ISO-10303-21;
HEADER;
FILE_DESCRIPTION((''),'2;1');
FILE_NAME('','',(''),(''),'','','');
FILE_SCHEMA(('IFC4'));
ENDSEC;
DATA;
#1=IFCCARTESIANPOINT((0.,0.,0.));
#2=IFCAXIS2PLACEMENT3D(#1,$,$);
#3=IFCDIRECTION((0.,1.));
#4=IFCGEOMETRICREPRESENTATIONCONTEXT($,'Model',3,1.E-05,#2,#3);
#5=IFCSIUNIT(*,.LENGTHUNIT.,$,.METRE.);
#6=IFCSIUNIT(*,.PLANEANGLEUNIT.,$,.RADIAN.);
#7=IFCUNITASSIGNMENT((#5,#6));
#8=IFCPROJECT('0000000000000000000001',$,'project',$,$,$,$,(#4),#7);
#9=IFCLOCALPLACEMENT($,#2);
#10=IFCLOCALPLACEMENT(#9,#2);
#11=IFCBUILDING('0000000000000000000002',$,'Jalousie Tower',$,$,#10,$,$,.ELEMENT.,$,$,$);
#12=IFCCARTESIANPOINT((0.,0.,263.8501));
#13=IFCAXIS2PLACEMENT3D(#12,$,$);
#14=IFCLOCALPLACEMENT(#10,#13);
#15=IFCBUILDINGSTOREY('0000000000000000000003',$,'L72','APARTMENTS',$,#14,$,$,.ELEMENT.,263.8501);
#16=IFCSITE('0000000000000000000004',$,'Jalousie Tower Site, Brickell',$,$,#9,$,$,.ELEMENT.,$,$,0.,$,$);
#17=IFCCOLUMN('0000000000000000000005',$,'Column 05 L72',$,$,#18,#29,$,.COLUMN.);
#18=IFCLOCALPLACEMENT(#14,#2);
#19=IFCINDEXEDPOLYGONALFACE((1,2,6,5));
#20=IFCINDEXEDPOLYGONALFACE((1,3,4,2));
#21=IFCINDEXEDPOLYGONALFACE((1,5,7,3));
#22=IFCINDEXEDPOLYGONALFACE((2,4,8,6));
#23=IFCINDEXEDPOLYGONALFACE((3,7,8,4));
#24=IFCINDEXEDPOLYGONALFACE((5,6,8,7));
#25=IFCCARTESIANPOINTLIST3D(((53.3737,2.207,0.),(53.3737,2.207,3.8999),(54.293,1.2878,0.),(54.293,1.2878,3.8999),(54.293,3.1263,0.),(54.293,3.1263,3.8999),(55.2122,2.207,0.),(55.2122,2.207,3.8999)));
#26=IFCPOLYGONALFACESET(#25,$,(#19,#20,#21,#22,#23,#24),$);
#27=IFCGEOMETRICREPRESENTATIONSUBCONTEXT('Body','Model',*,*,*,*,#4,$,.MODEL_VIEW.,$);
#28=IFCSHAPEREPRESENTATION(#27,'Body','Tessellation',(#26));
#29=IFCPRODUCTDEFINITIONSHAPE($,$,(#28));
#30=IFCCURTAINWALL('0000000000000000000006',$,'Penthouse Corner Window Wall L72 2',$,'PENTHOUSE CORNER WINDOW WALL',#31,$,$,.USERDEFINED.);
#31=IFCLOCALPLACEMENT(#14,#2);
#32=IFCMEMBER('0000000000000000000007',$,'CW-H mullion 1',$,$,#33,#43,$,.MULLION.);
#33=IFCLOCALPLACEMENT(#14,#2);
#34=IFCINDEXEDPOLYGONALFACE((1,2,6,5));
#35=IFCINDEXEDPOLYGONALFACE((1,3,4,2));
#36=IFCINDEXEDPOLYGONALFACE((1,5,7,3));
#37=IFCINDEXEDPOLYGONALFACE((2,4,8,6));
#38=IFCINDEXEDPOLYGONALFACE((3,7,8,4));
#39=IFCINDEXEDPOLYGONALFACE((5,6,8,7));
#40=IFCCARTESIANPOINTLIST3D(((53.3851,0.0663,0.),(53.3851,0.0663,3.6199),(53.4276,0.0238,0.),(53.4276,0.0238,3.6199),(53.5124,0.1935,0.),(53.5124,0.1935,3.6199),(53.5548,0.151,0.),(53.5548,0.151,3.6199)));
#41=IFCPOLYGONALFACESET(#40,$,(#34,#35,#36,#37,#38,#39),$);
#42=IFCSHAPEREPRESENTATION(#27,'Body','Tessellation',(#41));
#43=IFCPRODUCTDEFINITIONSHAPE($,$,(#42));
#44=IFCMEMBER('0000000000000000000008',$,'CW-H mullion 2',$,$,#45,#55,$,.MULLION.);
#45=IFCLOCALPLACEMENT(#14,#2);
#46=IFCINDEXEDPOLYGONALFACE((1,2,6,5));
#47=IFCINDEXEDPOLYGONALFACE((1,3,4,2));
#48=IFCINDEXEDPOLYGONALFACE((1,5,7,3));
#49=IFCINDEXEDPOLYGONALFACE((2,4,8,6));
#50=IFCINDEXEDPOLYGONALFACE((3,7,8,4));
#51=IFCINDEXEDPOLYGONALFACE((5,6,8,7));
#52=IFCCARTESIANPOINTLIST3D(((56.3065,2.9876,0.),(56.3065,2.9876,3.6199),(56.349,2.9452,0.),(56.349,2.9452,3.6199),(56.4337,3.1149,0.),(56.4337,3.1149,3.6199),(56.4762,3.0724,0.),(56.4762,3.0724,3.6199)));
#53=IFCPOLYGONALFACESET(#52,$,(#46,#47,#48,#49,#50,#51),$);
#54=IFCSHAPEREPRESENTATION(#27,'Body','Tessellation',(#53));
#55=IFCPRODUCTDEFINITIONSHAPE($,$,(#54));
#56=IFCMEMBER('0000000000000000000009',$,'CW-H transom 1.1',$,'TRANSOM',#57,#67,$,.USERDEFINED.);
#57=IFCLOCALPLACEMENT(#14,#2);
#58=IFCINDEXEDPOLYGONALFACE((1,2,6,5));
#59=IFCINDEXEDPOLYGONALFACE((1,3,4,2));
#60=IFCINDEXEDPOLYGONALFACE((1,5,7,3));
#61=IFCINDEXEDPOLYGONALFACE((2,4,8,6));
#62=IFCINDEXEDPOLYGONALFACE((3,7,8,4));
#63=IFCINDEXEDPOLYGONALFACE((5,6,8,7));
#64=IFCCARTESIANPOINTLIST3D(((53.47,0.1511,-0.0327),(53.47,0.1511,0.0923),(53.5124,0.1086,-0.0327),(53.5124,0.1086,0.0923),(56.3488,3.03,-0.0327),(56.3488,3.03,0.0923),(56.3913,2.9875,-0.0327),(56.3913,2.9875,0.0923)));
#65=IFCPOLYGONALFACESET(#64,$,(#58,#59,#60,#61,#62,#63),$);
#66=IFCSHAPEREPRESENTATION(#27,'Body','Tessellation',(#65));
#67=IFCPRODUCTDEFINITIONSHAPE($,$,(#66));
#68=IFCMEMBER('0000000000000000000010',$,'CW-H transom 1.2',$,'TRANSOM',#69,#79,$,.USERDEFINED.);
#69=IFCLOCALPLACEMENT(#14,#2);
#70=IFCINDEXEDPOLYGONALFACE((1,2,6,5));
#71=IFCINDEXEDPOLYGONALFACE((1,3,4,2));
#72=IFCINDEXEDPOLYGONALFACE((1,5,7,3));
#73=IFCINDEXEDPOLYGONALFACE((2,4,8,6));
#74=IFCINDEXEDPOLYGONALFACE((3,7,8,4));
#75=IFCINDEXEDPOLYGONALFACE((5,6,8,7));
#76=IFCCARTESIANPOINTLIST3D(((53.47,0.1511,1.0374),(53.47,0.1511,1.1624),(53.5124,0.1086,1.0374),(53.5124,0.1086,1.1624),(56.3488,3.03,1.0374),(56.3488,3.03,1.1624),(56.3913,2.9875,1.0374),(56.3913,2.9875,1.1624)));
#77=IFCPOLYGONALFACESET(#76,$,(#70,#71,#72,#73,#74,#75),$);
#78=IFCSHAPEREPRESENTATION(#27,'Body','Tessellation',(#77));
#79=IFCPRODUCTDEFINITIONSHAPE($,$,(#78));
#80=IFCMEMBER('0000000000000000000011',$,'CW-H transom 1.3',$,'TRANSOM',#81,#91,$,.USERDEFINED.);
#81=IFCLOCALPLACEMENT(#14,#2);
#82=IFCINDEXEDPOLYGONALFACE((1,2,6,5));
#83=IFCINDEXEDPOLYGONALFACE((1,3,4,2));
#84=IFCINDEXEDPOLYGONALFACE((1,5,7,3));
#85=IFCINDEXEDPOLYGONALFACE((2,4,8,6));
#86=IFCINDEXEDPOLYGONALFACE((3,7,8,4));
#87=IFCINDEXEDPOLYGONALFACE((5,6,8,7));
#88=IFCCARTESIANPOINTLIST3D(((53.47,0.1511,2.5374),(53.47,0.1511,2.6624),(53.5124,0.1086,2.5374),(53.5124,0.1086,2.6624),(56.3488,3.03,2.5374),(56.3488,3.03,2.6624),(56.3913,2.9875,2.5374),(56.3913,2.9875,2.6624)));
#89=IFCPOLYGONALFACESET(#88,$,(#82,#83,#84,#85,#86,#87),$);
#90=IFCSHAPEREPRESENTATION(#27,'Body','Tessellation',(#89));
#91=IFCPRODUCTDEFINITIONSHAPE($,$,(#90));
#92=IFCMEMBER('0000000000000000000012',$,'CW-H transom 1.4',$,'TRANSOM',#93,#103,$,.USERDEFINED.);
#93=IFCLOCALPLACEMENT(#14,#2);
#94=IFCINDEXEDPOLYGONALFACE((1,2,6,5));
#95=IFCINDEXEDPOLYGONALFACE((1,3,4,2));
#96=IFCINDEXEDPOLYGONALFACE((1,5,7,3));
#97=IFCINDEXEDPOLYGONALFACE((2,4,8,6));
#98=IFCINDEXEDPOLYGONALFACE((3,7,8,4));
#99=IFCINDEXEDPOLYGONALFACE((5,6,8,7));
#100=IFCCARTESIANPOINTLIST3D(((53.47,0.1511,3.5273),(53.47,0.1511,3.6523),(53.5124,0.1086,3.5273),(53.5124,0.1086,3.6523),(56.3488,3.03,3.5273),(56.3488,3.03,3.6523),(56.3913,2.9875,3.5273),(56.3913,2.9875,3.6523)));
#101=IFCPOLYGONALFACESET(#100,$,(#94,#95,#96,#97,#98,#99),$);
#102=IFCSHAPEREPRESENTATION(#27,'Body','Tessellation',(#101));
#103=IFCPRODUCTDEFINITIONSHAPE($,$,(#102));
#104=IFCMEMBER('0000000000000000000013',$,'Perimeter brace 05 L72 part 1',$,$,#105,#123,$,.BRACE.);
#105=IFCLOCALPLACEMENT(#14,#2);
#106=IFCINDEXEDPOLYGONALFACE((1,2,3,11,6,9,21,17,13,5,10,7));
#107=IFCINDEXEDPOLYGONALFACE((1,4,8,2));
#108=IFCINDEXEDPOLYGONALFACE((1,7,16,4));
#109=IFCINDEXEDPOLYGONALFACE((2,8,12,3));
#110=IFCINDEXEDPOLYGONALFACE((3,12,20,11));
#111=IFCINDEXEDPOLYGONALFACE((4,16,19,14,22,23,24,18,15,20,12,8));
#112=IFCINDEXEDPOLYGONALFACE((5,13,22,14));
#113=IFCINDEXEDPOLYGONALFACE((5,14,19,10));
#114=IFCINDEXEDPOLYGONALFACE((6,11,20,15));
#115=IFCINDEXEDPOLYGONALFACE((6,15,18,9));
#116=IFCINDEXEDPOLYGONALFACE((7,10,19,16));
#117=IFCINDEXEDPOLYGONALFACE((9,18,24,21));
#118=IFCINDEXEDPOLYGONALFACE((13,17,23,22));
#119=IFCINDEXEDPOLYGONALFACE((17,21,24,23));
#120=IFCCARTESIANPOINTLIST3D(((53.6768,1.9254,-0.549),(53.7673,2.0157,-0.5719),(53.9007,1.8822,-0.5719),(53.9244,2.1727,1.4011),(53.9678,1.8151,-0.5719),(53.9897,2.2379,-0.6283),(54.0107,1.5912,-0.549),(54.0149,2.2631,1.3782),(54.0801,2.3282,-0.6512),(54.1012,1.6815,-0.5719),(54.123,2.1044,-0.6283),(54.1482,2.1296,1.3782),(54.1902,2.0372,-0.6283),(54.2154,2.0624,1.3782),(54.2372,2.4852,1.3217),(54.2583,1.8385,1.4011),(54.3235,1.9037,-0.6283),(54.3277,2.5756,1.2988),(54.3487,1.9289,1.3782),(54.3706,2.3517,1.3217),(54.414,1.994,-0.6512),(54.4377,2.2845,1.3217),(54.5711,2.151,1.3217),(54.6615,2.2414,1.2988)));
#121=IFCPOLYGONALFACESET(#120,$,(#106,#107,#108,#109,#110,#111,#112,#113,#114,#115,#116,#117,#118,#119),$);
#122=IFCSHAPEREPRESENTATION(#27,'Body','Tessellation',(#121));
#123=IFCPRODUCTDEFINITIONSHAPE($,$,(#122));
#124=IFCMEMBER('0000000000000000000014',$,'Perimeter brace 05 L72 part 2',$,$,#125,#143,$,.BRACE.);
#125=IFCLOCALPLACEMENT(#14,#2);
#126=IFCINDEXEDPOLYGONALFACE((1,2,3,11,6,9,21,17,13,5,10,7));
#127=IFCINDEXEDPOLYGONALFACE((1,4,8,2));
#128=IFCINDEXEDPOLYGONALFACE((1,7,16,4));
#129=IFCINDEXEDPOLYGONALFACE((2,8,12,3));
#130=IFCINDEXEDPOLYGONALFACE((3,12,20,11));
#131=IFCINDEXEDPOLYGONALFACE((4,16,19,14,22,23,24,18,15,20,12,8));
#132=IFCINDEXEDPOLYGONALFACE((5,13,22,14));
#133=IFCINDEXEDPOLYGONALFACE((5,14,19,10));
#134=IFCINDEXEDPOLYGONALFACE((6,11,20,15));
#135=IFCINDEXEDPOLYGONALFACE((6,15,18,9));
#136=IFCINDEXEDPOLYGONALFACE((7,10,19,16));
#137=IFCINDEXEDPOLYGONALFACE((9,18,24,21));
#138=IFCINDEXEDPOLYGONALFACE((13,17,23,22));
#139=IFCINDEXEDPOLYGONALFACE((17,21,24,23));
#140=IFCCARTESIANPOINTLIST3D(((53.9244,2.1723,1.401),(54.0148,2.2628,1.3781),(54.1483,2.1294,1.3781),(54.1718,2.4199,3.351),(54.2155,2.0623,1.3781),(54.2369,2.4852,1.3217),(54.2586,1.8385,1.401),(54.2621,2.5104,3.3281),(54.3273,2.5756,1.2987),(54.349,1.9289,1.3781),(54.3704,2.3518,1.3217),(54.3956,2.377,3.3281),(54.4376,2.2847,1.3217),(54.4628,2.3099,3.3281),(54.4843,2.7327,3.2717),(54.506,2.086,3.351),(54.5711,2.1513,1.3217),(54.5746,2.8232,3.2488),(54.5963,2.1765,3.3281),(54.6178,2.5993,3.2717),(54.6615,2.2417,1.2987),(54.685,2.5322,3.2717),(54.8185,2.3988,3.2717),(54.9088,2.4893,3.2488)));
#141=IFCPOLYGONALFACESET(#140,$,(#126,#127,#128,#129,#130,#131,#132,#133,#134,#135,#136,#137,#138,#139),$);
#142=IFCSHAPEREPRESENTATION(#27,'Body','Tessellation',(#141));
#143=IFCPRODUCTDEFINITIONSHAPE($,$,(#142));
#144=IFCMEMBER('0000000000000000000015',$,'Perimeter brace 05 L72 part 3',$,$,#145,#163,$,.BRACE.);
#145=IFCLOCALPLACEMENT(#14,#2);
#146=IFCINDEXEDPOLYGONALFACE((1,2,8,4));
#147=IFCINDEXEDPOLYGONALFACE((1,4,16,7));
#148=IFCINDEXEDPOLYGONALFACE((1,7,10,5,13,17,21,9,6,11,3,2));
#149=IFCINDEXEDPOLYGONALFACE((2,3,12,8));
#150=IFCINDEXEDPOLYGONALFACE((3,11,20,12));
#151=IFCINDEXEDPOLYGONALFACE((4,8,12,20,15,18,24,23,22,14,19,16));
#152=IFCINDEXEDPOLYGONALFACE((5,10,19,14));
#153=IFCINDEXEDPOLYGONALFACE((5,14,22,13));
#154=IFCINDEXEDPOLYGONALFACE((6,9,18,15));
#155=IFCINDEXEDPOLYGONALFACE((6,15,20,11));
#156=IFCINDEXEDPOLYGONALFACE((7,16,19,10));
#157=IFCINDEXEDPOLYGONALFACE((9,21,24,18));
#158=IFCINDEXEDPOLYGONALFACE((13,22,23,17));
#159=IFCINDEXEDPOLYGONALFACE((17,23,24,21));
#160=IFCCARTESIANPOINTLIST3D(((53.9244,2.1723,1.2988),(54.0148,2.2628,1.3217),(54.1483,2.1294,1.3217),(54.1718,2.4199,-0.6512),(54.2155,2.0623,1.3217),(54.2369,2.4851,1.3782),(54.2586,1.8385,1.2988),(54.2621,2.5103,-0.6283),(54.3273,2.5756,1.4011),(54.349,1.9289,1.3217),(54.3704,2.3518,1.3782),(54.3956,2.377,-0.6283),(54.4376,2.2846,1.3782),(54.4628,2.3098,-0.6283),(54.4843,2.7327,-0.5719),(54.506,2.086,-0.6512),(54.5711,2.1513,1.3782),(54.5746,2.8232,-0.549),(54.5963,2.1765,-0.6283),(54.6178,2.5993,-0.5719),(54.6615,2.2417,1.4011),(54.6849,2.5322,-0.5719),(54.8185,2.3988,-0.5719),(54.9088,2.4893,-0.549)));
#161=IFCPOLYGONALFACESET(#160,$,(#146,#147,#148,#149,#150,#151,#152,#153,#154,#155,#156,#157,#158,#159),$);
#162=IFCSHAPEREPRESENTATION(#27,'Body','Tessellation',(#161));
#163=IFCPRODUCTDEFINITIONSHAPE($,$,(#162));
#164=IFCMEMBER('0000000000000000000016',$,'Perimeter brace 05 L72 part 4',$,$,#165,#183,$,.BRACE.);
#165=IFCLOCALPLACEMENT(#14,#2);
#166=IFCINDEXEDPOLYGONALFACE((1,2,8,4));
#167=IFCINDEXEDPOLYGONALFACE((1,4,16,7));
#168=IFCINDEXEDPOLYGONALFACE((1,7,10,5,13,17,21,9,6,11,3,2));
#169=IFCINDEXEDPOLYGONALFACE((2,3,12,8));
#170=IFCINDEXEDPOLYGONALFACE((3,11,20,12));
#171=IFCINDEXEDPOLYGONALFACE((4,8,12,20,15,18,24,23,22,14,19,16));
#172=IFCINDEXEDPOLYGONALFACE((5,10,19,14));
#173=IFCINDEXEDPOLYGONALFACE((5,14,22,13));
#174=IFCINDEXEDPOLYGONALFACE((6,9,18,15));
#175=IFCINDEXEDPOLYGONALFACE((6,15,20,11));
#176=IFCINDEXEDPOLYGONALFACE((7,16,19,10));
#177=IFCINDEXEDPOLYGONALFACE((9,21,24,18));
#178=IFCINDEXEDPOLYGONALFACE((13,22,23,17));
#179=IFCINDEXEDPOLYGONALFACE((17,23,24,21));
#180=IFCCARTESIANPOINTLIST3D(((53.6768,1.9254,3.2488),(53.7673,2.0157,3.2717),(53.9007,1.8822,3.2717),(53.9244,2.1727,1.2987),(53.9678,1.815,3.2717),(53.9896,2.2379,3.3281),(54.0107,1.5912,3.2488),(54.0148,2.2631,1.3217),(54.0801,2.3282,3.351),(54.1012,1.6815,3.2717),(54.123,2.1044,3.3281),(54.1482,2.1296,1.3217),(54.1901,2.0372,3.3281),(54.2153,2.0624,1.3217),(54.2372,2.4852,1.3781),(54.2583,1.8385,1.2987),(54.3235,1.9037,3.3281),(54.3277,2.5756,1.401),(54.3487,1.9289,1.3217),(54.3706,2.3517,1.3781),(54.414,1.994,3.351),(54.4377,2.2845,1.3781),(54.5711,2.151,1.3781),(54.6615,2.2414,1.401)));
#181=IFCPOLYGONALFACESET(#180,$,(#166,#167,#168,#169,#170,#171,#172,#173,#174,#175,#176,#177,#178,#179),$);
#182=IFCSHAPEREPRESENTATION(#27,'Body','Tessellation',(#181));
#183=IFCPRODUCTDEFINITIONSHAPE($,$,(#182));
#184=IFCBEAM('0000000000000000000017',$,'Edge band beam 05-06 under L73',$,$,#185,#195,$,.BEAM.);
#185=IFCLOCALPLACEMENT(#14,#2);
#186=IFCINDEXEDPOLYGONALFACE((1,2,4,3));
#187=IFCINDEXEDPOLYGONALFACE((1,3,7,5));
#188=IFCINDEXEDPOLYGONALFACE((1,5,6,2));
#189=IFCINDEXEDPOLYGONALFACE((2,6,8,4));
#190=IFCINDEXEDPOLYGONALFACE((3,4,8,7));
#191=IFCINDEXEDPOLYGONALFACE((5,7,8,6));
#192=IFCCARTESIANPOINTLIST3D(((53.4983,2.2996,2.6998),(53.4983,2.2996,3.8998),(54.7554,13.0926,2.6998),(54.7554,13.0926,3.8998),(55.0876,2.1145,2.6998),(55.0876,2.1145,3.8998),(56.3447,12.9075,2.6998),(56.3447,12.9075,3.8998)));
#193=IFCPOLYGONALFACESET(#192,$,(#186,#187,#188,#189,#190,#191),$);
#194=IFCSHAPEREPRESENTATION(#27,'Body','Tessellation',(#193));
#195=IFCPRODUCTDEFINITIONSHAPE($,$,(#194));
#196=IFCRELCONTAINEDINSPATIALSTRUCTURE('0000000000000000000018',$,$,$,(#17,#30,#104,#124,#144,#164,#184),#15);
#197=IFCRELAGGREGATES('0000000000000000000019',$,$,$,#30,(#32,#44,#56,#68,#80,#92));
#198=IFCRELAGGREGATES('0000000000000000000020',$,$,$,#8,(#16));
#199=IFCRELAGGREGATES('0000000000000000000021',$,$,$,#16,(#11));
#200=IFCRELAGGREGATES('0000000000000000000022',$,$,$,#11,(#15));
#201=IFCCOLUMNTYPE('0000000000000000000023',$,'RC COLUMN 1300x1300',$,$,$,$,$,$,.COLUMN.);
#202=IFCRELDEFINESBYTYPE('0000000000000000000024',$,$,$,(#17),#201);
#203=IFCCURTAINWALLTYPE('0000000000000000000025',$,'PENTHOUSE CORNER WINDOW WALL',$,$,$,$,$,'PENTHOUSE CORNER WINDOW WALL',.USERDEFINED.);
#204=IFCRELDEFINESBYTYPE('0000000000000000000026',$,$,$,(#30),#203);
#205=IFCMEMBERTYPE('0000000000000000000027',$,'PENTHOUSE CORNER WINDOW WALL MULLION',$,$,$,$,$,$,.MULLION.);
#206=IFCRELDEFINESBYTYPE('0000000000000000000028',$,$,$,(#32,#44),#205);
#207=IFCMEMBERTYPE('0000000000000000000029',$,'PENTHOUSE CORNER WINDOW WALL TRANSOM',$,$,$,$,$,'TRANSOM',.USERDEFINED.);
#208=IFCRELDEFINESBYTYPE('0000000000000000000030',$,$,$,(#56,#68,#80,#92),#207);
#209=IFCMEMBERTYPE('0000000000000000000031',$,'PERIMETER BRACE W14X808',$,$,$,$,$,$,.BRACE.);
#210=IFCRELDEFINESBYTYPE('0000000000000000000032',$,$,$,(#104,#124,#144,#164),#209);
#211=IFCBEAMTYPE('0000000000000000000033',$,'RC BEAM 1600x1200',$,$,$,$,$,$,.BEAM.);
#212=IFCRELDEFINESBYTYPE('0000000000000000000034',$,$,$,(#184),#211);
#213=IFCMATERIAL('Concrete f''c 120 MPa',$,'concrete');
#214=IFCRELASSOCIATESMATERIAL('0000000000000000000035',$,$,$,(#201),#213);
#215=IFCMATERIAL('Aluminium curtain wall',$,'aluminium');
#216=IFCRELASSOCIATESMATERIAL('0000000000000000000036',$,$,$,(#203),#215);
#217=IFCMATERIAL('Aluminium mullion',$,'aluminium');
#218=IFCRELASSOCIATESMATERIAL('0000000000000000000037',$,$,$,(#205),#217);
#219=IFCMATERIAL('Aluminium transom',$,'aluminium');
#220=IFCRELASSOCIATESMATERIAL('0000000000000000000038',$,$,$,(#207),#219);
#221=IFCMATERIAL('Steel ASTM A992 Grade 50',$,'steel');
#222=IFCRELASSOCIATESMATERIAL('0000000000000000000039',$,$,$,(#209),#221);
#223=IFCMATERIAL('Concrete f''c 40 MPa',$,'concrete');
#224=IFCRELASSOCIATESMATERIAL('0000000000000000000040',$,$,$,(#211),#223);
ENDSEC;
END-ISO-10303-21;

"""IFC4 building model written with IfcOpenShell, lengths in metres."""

from ifc_helpers import new_model, si_unit, direction, frame, origin, origin_2d, place, context, subcontext, project, spatial, rectangle, i_section, extrude, material, material_profile, profile_set, type_object, element, aggregate, save


model = new_model("IFC4")

# Units and contexts
model_context = context("Model", 3, precision=1e-05, world=origin(), true_north=direction((0.0, 1.0)))
body_context = subcontext(model_context, "Body", "Model", "MODEL_VIEW")
ifc_project = project(units=[si_unit("LENGTHUNIT", "METRE"), si_unit("PLANEANGLEUNIT", "RADIAN")], contexts=[model_context])

# Site, building, storey
site_placement = place(None, origin())
site = spatial("IfcSite", under=ifc_project, at=site_placement, Name="Jalousie Tower Site, Brickell", CompositionType="ELEMENT", RefElevation=0.0)
building_placement = place(site_placement, origin())
building = spatial("IfcBuilding", under=site, at=building_placement, Name="Jalousie Tower", CompositionType="ELEMENT")
storey_placement = place(building_placement, frame((0.0, 0.0, 263.8501)))
storey = spatial("IfcBuildingStorey", under=building, at=storey_placement, Name="L72", Description="APARTMENTS", CompositionType="ELEMENT", Elevation=263.8501)

# Column
ifc_material_1 = material(Name="Concrete f'c 120 MPa", Category="concrete")
ifc_material_profile_1 = material_profile(ifc_material_1, rectangle(XDim=1.3, YDim=1.3, at=origin_2d()), Name="RC 1300x1300")
ifc_profile_set_1 = profile_set([ifc_material_profile_1], Name="Concrete f'c 120 MPa")
column_type = type_object("IfcColumnType", Name="RC COLUMN 1300x1300", PredefinedType="COLUMN", material=ifc_profile_set_1)
column_placement = place(storey_placement, frame((54.293, 2.207, 0.0), z_axis=(0.0, 0.0, 1.0), x_axis=(0.707107, 0.707107, 0.0)))
element("IfcColumn", 1, at=column_placement, inside=storey, type_object=column_type, Name="Column 05 L72", PredefinedType="COLUMN", context=body_context, shape_type="SweptSolid", body=[
    extrude(rectangle(XDim=1.3, YDim=1.3, at=origin_2d()), origin(), (0.0, 0.0, 1.0), 3.8999),
])

# Curtain wall, members
ifc_material_2 = material(Name="Aluminium curtain wall", Category="aluminium")
curtain_wall_type_1 = type_object("IfcCurtainWallType", Name="PENTHOUSE CORNER WINDOW WALL", ElementType="PENTHOUSE CORNER WINDOW WALL", PredefinedType="USERDEFINED", material=ifc_material_2)
curtain_wall_1_placement = place(storey_placement, origin())
curtain_wall_1 = element("IfcCurtainWall", 2, at=curtain_wall_1_placement, inside=storey, type_object=curtain_wall_type_1, Name="Penthouse Corner Window Wall L72 2", ObjectType="PENTHOUSE CORNER WINDOW WALL", PredefinedType="USERDEFINED")
ifc_material_3 = material(Name="Aluminium mullion", Category="aluminium")
ifc_material_profile_2 = material_profile(ifc_material_3, rectangle(XDim=0.0601, YDim=0.1799, at=origin_2d()), Name="MULLION 60x180")
ifc_profile_set_2 = profile_set([ifc_material_profile_2], Name="Aluminium mullion")
member_type_1 = type_object("IfcMemberType", Name="PENTHOUSE CORNER WINDOW WALL MULLION", PredefinedType="MULLION", material=ifc_profile_set_2)
member_1_placement = place(storey_placement, frame((53.47, 0.1086, 0.0), z_axis=(0.0, 0.0, 1.0), x_axis=(-0.707107, 0.707107, 0.0)))
member_1 = element("IfcMember", 3, at=member_1_placement, type_object=member_type_1, Name="CW-H mullion 1", PredefinedType="MULLION", context=body_context, shape_type="SweptSolid", body=[
    extrude(rectangle(XDim=0.0601, YDim=0.1799, at=origin_2d()), origin(), (0.0, 0.0, 1.0), 3.6199),
])
member_2_placement = place(storey_placement, frame((56.3914, 3.03, 0.0), z_axis=(0.0, 0.0, 1.0), x_axis=(-0.707107, 0.707107, 0.0)))
member_2 = element("IfcMember", 4, at=member_2_placement, type_object=member_type_1, Name="CW-H mullion 2", PredefinedType="MULLION", context=body_context, shape_type="SweptSolid", body=[
    extrude(rectangle(XDim=0.0601, YDim=0.1799, at=origin_2d()), origin(), (0.0, 0.0, 1.0), 3.6199),
])
ifc_material_4 = material(Name="Aluminium transom", Category="aluminium")
ifc_material_profile_3 = material_profile(ifc_material_4, rectangle(XDim=0.0601, YDim=0.125, at=origin_2d()), Name="TRANSOM 60x125")
ifc_profile_set_3 = profile_set([ifc_material_profile_3], Name="Aluminium transom")
member_type_2 = type_object("IfcMemberType", Name="PENTHOUSE CORNER WINDOW WALL TRANSOM", ElementType="TRANSOM", PredefinedType="USERDEFINED", material=ifc_profile_set_3)
member_3_placement = place(storey_placement, frame((53.4912, 0.1299, 0.0298), z_axis=(0.707107, 0.707107, 0.0), x_axis=(-0.707107, 0.707107, 0.0)))
member_3 = element("IfcMember", 5, at=member_3_placement, type_object=member_type_2, Name="CW-H transom 1.1", ObjectType="TRANSOM", PredefinedType="USERDEFINED", context=body_context, shape_type="SweptSolid", body=[
    extrude(rectangle(XDim=0.0601, YDim=0.125, at=origin_2d()), origin(), (0.0, 0.0, 1.0), 4.0713),
])
member_4_placement = place(storey_placement, frame((53.4912, 0.1299, 1.0999), z_axis=(0.707107, 0.707107, 0.0), x_axis=(-0.707107, 0.707107, 0.0)))
member_4 = element("IfcMember", 6, at=member_4_placement, type_object=member_type_2, Name="CW-H transom 1.2", ObjectType="TRANSOM", PredefinedType="USERDEFINED", context=body_context, shape_type="SweptSolid", body=[
    extrude(rectangle(XDim=0.0601, YDim=0.125, at=origin_2d()), origin(), (0.0, 0.0, 1.0), 4.0713),
])
member_5_placement = place(storey_placement, frame((53.4912, 0.1299, 2.5999), z_axis=(0.707107, 0.707107, 0.0), x_axis=(-0.707107, 0.707107, 0.0)))
member_5 = element("IfcMember", 7, at=member_5_placement, type_object=member_type_2, Name="CW-H transom 1.3", ObjectType="TRANSOM", PredefinedType="USERDEFINED", context=body_context, shape_type="SweptSolid", body=[
    extrude(rectangle(XDim=0.0601, YDim=0.125, at=origin_2d()), origin(), (0.0, 0.0, 1.0), 4.0713),
])
member_6_placement = place(storey_placement, frame((53.4912, 0.1299, 3.5898), z_axis=(0.707107, 0.707107, 0.0), x_axis=(-0.707107, 0.707107, 0.0)))
member_6 = element("IfcMember", 8, at=member_6_placement, type_object=member_type_2, Name="CW-H transom 1.4", ObjectType="TRANSOM", PredefinedType="USERDEFINED", context=body_context, shape_type="SweptSolid", body=[
    extrude(rectangle(XDim=0.0601, YDim=0.125, at=origin_2d()), origin(), (0.0, 0.0, 1.0), 4.0713),
])

# Members
ifc_material_5 = material(Name="Steel ASTM A992 Grade 50", Category="steel")
ifc_material_profile_4 = material_profile(ifc_material_5, i_section(OverallWidth=0.4724, OverallDepth=0.5791, WebThickness=0.095, FlangeThickness=0.1299, at=origin_2d()), Name="W14X808")
ifc_profile_set_4 = profile_set([ifc_material_profile_4], Name="Steel ASTM A992 Grade 50")
member_type_3 = type_object("IfcMemberType", Name="PERIMETER BRACE W14X808", PredefinedType="BRACE", material=ifc_profile_set_4)
for number, where, z_axis, x_axis, name in (
    (9, (54.0454, 1.9597, -0.6001), (0.12496, 0.124837, 0.984277), (-0.706758, 0.707456, 0.0), "Perimeter brace 05 L72 part 1"),
    (10, (54.293, 2.207, 1.3499), (0.124837, 0.12496, 0.984277), (-0.707456, 0.706758, 0.0), "Perimeter brace 05 L72 part 2"),
    (11, (54.5403, 2.4546, -0.6001), (-0.124837, -0.12496, 0.984277), (0.707456, -0.706758, 0.0), "Perimeter brace 05 L72 part 3"),
    (12, (54.293, 2.207, 1.3499), (-0.12496, -0.124837, 0.984277), (0.706758, -0.707456, 0.0), "Perimeter brace 05 L72 part 4"),
):
    element("IfcMember", number, at=place(storey_placement, frame(where, z_axis=z_axis, x_axis=x_axis)), inside=storey, type_object=member_type_3, Name=name, PredefinedType="BRACE", context=body_context, shape_type="SweptSolid", body=[
        extrude(i_section(OverallWidth=0.4724, OverallDepth=0.5791, WebThickness=0.095, FlangeThickness=0.1299, at=origin_2d()), origin(), (0.0, 0.0, 1.0), 1.9812),
    ])

# Beam
ifc_material_6 = material(Name="Concrete f'c 40 MPa", Category="concrete")
ifc_material_profile_5 = material_profile(ifc_material_6, rectangle(XDim=1.6001, YDim=1.2, at=origin_2d()), Name="RC 1600x1200")
ifc_profile_set_5 = profile_set([ifc_material_profile_5], Name="Concrete f'c 40 MPa")
beam_type = type_object("IfcBeamType", Name="RC BEAM 1600x1200", PredefinedType="BEAM", material=ifc_profile_set_5)
beam_placement = place(storey_placement, frame((54.293, 2.207, 3.2998), z_axis=(0.11569, 0.993285, 0.0), x_axis=(-0.993285, 0.11569, 0.0)))
element("IfcBeam", 13, at=beam_placement, inside=storey, type_object=beam_type, Name="Edge band beam 05-06 under L73", PredefinedType="BEAM", context=body_context, shape_type="SweptSolid", body=[
    extrude(rectangle(XDim=1.6001, YDim=1.2, at=origin_2d()), origin(), (0.0, 0.0, 1.0), 10.866),
])

aggregate(curtain_wall_1, [member_1, member_2, member_3, member_4, member_5, member_6])

save(model, "model.ifc")
